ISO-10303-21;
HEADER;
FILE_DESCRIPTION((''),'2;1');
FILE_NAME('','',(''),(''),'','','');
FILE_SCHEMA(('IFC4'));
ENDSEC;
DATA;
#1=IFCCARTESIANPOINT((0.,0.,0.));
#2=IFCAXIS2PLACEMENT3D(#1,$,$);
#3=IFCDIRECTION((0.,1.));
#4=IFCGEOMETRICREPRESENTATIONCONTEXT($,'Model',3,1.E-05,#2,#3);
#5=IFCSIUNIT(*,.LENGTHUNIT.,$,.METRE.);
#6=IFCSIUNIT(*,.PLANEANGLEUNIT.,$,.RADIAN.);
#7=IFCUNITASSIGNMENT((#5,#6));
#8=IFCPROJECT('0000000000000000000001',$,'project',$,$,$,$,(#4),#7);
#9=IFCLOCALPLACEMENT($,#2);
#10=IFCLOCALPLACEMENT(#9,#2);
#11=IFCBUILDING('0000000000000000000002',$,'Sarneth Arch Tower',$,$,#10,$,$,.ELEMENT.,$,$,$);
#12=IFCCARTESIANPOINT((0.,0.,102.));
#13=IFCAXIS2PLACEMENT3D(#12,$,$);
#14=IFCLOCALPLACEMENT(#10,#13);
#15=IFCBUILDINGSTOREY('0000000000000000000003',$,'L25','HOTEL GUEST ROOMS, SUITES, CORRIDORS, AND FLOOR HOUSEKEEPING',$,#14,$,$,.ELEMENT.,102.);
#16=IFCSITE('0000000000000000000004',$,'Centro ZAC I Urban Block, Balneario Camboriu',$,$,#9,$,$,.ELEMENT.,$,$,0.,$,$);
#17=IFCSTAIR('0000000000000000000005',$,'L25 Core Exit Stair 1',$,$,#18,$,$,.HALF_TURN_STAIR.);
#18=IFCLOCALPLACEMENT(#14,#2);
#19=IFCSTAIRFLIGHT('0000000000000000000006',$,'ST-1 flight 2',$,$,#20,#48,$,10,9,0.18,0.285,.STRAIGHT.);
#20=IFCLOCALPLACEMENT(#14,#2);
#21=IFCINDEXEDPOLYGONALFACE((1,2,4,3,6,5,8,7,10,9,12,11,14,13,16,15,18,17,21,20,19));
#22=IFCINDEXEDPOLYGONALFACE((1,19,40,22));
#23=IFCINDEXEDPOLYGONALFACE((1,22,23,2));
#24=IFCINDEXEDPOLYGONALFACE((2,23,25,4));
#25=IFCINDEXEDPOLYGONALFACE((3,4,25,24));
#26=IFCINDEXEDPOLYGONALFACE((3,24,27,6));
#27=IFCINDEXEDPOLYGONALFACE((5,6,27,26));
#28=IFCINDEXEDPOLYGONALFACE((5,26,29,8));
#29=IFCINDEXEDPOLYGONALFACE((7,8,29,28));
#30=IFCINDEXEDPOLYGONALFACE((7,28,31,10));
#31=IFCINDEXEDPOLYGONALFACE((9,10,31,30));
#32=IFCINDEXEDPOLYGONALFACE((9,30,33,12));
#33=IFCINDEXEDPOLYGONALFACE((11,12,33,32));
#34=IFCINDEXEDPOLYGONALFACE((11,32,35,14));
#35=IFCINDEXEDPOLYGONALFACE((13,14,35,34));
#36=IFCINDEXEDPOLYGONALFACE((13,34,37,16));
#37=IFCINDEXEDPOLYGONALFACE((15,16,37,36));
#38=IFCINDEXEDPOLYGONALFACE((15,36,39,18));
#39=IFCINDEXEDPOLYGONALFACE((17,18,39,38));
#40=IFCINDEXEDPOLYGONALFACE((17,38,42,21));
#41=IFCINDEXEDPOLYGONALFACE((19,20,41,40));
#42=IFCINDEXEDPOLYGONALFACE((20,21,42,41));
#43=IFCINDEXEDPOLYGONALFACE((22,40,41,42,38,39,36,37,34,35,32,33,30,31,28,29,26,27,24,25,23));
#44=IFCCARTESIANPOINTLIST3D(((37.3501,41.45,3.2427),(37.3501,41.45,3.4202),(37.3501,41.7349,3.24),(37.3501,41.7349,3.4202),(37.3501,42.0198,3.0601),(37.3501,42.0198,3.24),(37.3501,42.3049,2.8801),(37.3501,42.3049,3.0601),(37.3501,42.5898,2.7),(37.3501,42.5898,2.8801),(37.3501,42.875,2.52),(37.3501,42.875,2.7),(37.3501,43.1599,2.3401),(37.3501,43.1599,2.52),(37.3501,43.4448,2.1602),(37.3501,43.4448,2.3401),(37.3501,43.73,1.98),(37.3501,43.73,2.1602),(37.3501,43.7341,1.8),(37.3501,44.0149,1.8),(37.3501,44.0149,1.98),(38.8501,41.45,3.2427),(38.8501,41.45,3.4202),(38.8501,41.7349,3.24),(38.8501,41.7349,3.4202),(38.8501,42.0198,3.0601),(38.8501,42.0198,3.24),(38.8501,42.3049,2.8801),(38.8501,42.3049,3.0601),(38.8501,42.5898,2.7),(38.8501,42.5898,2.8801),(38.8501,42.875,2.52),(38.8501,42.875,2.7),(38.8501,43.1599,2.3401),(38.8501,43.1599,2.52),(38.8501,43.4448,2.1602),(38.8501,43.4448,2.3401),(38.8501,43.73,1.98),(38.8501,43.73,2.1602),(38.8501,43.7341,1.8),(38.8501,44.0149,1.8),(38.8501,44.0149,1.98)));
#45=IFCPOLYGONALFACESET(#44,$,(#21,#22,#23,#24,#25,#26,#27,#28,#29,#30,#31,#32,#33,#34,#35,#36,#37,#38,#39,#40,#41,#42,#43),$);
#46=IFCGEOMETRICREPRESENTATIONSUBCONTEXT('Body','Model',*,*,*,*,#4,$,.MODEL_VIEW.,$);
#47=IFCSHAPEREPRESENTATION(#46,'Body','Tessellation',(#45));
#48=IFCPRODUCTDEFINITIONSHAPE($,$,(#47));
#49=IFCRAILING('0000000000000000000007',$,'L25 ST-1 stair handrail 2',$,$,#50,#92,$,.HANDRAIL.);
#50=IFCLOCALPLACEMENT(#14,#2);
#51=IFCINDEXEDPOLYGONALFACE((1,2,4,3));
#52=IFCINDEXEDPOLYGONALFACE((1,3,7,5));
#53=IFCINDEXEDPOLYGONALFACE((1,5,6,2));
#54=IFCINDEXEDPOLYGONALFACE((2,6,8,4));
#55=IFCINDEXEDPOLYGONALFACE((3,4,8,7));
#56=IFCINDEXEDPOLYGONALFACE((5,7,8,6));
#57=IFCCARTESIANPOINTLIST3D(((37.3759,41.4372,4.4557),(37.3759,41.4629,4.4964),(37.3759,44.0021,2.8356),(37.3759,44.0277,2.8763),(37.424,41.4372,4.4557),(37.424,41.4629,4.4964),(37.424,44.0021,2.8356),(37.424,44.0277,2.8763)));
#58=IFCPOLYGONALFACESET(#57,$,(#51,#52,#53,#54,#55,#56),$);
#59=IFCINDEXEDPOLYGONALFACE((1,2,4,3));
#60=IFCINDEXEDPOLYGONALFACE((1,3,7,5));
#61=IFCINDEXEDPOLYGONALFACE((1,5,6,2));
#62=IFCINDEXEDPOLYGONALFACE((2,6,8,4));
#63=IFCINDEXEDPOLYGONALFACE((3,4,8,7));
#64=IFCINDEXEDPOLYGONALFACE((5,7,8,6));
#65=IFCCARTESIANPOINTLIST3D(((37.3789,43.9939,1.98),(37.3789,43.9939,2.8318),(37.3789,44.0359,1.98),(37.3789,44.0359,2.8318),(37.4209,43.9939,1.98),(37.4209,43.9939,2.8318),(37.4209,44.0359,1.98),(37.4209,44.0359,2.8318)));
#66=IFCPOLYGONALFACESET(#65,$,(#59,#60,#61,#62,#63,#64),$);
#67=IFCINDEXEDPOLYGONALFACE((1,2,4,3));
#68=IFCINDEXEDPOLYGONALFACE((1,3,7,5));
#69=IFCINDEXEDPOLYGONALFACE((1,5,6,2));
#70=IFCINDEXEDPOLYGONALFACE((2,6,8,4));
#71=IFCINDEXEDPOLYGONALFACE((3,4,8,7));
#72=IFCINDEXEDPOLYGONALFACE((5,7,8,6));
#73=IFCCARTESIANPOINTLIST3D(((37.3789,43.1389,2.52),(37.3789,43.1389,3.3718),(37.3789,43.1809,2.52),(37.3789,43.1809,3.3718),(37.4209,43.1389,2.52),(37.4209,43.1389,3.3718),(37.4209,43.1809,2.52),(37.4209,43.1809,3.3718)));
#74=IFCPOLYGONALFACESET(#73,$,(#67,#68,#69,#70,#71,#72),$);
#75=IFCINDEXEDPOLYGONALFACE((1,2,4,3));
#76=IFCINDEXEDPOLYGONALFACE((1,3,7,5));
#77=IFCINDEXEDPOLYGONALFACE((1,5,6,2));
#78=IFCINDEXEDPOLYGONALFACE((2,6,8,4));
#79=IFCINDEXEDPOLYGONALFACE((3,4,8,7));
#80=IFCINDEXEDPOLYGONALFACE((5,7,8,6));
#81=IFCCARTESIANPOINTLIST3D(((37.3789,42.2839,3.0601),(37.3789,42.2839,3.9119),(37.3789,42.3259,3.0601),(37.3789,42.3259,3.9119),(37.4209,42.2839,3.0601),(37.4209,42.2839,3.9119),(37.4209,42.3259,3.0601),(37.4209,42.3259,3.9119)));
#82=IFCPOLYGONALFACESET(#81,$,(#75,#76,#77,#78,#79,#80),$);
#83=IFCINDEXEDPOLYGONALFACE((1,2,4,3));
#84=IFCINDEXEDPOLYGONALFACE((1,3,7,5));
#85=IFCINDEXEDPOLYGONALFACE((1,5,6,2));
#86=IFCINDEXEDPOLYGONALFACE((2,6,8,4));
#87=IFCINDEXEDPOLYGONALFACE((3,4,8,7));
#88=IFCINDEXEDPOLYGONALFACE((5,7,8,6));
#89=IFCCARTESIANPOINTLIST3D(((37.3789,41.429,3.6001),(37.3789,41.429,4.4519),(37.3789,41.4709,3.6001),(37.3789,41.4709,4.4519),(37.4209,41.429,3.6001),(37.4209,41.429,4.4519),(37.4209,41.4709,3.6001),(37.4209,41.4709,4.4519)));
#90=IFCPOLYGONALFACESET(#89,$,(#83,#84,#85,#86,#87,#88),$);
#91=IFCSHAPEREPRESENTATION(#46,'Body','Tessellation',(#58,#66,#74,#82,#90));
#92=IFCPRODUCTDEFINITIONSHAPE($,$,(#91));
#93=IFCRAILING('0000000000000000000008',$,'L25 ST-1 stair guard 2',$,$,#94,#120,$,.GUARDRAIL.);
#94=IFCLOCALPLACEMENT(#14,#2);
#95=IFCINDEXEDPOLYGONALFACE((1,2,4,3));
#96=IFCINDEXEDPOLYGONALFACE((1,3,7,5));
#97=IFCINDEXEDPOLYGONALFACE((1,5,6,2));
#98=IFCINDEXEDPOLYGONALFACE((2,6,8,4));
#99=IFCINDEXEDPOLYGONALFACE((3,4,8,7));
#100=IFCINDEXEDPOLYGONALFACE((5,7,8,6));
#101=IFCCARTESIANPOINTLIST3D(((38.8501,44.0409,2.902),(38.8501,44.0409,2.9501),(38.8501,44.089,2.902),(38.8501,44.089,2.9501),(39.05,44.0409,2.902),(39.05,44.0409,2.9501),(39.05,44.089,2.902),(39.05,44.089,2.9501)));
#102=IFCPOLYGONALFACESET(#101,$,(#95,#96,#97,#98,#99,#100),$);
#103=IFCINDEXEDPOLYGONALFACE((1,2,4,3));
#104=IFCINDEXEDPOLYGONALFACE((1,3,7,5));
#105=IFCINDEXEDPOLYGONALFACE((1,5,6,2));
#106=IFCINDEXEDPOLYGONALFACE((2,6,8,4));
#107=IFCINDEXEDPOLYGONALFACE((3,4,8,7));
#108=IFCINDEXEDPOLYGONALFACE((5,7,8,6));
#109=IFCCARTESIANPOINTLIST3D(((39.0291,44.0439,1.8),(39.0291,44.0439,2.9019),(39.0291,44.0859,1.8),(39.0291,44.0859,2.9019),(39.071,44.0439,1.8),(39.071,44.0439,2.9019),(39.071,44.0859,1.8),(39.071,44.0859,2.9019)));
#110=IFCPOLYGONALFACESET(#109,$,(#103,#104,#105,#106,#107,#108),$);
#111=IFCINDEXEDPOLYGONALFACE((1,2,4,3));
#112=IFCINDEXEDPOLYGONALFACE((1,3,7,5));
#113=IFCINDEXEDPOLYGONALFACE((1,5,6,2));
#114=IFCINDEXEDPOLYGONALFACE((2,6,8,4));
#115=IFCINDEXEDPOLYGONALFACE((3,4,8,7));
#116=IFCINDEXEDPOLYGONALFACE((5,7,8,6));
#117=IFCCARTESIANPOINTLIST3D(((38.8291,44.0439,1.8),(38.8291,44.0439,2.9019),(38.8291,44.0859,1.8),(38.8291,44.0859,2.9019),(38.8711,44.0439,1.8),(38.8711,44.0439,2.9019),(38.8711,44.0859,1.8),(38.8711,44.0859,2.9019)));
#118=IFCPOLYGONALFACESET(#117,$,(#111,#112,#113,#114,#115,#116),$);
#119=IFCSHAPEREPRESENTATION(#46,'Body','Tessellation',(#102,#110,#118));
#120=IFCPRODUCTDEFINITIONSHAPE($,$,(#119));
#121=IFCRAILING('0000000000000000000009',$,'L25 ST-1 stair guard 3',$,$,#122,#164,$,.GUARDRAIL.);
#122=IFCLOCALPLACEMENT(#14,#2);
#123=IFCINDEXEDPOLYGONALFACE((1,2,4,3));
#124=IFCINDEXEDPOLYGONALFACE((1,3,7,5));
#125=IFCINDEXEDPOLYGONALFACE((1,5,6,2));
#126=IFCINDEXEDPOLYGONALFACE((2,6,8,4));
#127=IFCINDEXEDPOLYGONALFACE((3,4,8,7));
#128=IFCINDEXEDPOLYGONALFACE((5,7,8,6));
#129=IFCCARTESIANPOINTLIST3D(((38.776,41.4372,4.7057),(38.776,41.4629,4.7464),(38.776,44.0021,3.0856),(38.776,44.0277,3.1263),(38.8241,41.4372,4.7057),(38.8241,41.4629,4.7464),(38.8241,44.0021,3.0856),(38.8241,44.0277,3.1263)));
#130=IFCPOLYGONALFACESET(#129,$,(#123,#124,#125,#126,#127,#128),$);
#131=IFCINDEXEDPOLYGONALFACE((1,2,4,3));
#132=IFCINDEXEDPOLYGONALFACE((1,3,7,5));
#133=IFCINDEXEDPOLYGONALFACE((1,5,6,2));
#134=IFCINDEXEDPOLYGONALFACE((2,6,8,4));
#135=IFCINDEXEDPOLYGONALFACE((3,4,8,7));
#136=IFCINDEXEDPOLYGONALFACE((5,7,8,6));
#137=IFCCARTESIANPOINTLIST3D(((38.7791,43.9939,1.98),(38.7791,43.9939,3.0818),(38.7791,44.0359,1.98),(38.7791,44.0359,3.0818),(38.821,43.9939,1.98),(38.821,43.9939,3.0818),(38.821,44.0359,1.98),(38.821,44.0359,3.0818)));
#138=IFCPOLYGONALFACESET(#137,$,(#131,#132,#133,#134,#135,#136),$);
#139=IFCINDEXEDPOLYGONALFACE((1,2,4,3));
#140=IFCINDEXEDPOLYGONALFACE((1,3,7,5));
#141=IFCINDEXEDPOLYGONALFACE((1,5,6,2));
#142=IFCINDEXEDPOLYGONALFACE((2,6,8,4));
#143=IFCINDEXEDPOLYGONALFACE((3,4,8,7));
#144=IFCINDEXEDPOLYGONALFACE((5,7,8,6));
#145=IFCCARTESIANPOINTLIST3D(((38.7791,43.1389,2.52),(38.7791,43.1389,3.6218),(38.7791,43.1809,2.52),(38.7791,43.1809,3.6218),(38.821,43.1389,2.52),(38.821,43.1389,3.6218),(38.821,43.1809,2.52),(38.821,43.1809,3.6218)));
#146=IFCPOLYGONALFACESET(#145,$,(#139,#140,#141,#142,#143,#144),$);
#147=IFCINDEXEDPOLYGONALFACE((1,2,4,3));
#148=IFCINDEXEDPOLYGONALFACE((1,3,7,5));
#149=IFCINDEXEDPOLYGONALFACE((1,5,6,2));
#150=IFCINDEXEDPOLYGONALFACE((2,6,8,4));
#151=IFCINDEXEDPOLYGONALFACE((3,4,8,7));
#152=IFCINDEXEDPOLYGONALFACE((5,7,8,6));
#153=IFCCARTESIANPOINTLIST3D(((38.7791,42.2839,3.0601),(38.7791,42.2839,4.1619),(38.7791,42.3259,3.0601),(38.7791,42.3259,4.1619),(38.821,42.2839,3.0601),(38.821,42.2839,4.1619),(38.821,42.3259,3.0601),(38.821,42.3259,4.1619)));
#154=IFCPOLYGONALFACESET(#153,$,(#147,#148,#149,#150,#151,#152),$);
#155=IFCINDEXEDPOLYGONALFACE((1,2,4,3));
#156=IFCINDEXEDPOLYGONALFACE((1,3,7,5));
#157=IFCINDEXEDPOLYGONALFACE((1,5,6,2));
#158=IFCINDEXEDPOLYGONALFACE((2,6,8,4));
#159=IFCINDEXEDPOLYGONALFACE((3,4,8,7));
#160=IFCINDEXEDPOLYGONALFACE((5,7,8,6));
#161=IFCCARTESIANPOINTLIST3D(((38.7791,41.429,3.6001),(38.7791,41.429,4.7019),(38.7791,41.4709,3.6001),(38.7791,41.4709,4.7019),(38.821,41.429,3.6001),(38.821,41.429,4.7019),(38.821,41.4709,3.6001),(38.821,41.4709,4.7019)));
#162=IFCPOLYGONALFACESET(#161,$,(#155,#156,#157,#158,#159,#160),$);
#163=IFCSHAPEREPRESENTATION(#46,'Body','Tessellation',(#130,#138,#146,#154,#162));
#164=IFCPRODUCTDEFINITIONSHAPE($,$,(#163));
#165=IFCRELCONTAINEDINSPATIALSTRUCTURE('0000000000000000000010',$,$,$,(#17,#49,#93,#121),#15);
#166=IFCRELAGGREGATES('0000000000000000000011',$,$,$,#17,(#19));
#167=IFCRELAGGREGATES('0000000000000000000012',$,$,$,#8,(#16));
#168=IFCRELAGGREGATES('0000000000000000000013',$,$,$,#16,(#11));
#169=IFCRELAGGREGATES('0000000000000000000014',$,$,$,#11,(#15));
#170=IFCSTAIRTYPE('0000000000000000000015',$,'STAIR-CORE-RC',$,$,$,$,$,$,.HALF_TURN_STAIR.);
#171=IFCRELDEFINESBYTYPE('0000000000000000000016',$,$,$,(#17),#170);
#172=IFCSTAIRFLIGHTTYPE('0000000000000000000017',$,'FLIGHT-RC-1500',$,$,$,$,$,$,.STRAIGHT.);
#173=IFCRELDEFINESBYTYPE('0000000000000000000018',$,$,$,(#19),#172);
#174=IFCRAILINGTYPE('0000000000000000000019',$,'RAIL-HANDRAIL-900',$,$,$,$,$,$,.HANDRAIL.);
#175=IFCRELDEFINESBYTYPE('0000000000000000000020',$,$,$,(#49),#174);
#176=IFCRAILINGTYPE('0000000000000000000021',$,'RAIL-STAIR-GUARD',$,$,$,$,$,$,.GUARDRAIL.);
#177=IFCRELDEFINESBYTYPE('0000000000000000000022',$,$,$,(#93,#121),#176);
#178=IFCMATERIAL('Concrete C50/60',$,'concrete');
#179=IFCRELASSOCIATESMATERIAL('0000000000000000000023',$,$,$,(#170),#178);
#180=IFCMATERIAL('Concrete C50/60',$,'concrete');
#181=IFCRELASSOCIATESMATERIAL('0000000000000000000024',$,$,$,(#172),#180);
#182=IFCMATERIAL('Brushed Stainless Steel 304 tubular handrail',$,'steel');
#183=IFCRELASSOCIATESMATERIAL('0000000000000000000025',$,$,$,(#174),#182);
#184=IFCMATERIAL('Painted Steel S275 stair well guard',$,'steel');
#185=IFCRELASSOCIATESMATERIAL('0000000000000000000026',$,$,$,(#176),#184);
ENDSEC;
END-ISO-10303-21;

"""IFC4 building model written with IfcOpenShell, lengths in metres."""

from ifc_helpers import new_model, si_unit, direction, frame, origin, origin_2d, place, context, subcontext, project, spatial, polyline, rectangle, outline, extrude, material, type_object, element, aggregate, save


model = new_model("IFC4")

# Units and contexts
model_context = context("Model", 3, precision=1e-05, world=origin(), true_north=direction((0.0, 1.0)))
body_context = subcontext(model_context, "Body", "Model", "MODEL_VIEW")
ifc_project = project(units=[si_unit("LENGTHUNIT", "METRE"), si_unit("PLANEANGLEUNIT", "RADIAN")], contexts=[model_context])

# Site, building, storey
site_placement = place(None, origin())
site = spatial("IfcSite", under=ifc_project, at=site_placement, Name="Centro ZAC I Urban Block, Balneario Camboriu", CompositionType="ELEMENT", RefElevation=0.0)
building_placement = place(site_placement, origin())
building = spatial("IfcBuilding", under=site, at=building_placement, Name="Sarneth Arch Tower", CompositionType="ELEMENT")
storey_placement = place(building_placement, frame((0.0, 0.0, 102.0)))
storey = spatial("IfcBuildingStorey", under=building, at=storey_placement, Name="L25", Description="HOTEL GUEST ROOMS, SUITES, CORRIDORS, AND FLOOR HOUSEKEEPING", CompositionType="ELEMENT", Elevation=102.0)

# Stair, stair flight
ifc_material_1 = material(Name="Concrete C50/60", Category="concrete")
stair_type = type_object("IfcStairType", Name="STAIR-CORE-RC", PredefinedType="HALF_TURN_STAIR", material=ifc_material_1)
stair_placement = place(storey_placement, origin())
stair = element("IfcStair", 1, at=stair_placement, inside=storey, type_object=stair_type, Name="L25 Core Exit Stair 1", PredefinedType="HALF_TURN_STAIR")
ifc_material_2 = material(Name="Concrete C50/60", Category="concrete")
stair_flight_type = type_object("IfcStairFlightType", Name="FLIGHT-RC-1500", PredefinedType="STRAIGHT", material=ifc_material_2)
stair_flight_placement = place(storey_placement, frame((38.1001, 44.0149, 1.8), z_axis=(0.0, 0.0, 1.0), x_axis=(0.0, -1.0, 0.0)))
stair_flight = element("IfcStairFlight", 2, at=stair_flight_placement, type_object=stair_flight_type, Name="ST-1 flight 2", NumberOfRisers=10, NumberOfTreads=9, PredefinedType="STRAIGHT", RiserHeight=0.18, TreadLength=0.285, context=body_context, shape_type="SweptSolid", body=[
    extrude(outline(polyline([(0.0, 0.0), (0.0, 0.1799), (0.2849, 0.1799), (0.2849, 0.3601), (0.5701, 0.3601), (0.5701, 0.54), (0.855, 0.54), (0.855, 0.72), (1.1399, 0.72), (1.1399, 0.8999), (1.425, 0.8999), (1.425, 1.0801), (1.71, 1.0801), (1.71, 1.26), (1.9951, 1.26), (1.9951, 1.4399), (2.28, 1.4399), (2.28, 1.6201), (2.5649, 1.6201), (2.5649, 1.8), (2.5649, 1.4426), (0.2808, 0.0), (0.0, 0.0)])), frame((0.0, 0.75, 0.0), z_axis=(0.0, -1.0, 0.0), x_axis=(1.0, 0.0, 0.0)), (0.0, 0.0, 1.0), 1.5),
])
aggregate(stair, [stair_flight])

# Railings
ifc_material_3 = material(Name="Brushed Stainless Steel 304 tubular handrail", Category="steel")
railing_type_1 = type_object("IfcRailingType", Name="RAIL-HANDRAIL-900", PredefinedType="HANDRAIL", material=ifc_material_3)
railing_1_placement = place(storey_placement, frame((37.3999, 44.0149, 1.98)))
element("IfcRailing", 3, at=railing_1_placement, inside=storey, type_object=railing_type_1, Name="L25 ST-1 stair handrail 2", PredefinedType="HANDRAIL", context=body_context, shape_type="SweptSolid", body=[
    extrude(rectangle(XDim=0.0481, YDim=0.0481, at=origin_2d()), frame((0.0, 0.0, 0.876), z_axis=(0.0, -0.845466, 0.534029), x_axis=(1.0, 0.0, 0.0)), (0.0, 0.0, 1.0), 3.0337),
    extrude(rectangle(XDim=0.042, YDim=0.042, at=origin_2d()), origin(), (0.0, 0.0, 1.0), 0.8518),
    extrude(rectangle(XDim=0.042, YDim=0.042, at=origin_2d()), frame((0.0, -0.855, 0.54)), (0.0, 0.0, 1.0), 0.8518),
    extrude(rectangle(XDim=0.042, YDim=0.042, at=origin_2d()), frame((0.0, -1.71, 1.0801)), (0.0, 0.0, 1.0), 0.8518),
    extrude(rectangle(XDim=0.042, YDim=0.042, at=origin_2d()), frame((0.0, -2.5649, 1.6201)), (0.0, 0.0, 1.0), 0.8518),
])
ifc_material_4 = material(Name="Painted Steel S275 stair well guard", Category="steel")
railing_type_2 = type_object("IfcRailingType", Name="RAIL-STAIR-GUARD", PredefinedType="GUARDRAIL", material=ifc_material_4)
railing_2_placement = place(storey_placement, frame((39.05, 44.0649, 1.8)))
element("IfcRailing", 4, at=railing_2_placement, inside=storey, type_object=railing_type_2, Name="L25 ST-1 stair guard 2", PredefinedType="GUARDRAIL", context=body_context, shape_type="SweptSolid", body=[
    extrude(rectangle(XDim=0.0481, YDim=0.0481, at=origin_2d()), frame((0.0, 0.0, 1.126), z_axis=(-1.0, 0.0, 0.0), x_axis=(0.0, -1.0, 0.0)), (0.0, 0.0, 1.0), 0.2),
    extrude(rectangle(XDim=0.042, YDim=0.042, at=origin_2d()), origin(), (0.0, 0.0, 1.0), 1.1018),
    extrude(rectangle(XDim=0.042, YDim=0.042, at=origin_2d()), frame((-0.2, 0.0, 0.0)), (0.0, 0.0, 1.0), 1.1018),
])
railing_3_placement = place(storey_placement, frame((38.8, 44.0149, 1.98)))
element("IfcRailing", 5, at=railing_3_placement, inside=storey, type_object=railing_type_2, Name="L25 ST-1 stair guard 3", PredefinedType="GUARDRAIL", context=body_context, shape_type="SweptSolid", body=[
    extrude(rectangle(XDim=0.0481, YDim=0.0481, at=origin_2d()), frame((0.0, 0.0, 1.126), z_axis=(0.0, -0.845466, 0.534029), x_axis=(1.0, 0.0, 0.0)), (0.0, 0.0, 1.0), 3.0337),
    extrude(rectangle(XDim=0.042, YDim=0.042, at=origin_2d()), origin(), (0.0, 0.0, 1.0), 1.1018),
    extrude(rectangle(XDim=0.042, YDim=0.042, at=origin_2d()), frame((0.0, -0.855, 0.54)), (0.0, 0.0, 1.0), 1.1018),
    extrude(rectangle(XDim=0.042, YDim=0.042, at=origin_2d()), frame((0.0, -1.71, 1.0801)), (0.0, 0.0, 1.0), 1.1018),
    extrude(rectangle(XDim=0.042, YDim=0.042, at=origin_2d()), frame((0.0, -2.5649, 1.6201)), (0.0, 0.0, 1.0), 1.1018),
])

save(model, "model.ifc")
